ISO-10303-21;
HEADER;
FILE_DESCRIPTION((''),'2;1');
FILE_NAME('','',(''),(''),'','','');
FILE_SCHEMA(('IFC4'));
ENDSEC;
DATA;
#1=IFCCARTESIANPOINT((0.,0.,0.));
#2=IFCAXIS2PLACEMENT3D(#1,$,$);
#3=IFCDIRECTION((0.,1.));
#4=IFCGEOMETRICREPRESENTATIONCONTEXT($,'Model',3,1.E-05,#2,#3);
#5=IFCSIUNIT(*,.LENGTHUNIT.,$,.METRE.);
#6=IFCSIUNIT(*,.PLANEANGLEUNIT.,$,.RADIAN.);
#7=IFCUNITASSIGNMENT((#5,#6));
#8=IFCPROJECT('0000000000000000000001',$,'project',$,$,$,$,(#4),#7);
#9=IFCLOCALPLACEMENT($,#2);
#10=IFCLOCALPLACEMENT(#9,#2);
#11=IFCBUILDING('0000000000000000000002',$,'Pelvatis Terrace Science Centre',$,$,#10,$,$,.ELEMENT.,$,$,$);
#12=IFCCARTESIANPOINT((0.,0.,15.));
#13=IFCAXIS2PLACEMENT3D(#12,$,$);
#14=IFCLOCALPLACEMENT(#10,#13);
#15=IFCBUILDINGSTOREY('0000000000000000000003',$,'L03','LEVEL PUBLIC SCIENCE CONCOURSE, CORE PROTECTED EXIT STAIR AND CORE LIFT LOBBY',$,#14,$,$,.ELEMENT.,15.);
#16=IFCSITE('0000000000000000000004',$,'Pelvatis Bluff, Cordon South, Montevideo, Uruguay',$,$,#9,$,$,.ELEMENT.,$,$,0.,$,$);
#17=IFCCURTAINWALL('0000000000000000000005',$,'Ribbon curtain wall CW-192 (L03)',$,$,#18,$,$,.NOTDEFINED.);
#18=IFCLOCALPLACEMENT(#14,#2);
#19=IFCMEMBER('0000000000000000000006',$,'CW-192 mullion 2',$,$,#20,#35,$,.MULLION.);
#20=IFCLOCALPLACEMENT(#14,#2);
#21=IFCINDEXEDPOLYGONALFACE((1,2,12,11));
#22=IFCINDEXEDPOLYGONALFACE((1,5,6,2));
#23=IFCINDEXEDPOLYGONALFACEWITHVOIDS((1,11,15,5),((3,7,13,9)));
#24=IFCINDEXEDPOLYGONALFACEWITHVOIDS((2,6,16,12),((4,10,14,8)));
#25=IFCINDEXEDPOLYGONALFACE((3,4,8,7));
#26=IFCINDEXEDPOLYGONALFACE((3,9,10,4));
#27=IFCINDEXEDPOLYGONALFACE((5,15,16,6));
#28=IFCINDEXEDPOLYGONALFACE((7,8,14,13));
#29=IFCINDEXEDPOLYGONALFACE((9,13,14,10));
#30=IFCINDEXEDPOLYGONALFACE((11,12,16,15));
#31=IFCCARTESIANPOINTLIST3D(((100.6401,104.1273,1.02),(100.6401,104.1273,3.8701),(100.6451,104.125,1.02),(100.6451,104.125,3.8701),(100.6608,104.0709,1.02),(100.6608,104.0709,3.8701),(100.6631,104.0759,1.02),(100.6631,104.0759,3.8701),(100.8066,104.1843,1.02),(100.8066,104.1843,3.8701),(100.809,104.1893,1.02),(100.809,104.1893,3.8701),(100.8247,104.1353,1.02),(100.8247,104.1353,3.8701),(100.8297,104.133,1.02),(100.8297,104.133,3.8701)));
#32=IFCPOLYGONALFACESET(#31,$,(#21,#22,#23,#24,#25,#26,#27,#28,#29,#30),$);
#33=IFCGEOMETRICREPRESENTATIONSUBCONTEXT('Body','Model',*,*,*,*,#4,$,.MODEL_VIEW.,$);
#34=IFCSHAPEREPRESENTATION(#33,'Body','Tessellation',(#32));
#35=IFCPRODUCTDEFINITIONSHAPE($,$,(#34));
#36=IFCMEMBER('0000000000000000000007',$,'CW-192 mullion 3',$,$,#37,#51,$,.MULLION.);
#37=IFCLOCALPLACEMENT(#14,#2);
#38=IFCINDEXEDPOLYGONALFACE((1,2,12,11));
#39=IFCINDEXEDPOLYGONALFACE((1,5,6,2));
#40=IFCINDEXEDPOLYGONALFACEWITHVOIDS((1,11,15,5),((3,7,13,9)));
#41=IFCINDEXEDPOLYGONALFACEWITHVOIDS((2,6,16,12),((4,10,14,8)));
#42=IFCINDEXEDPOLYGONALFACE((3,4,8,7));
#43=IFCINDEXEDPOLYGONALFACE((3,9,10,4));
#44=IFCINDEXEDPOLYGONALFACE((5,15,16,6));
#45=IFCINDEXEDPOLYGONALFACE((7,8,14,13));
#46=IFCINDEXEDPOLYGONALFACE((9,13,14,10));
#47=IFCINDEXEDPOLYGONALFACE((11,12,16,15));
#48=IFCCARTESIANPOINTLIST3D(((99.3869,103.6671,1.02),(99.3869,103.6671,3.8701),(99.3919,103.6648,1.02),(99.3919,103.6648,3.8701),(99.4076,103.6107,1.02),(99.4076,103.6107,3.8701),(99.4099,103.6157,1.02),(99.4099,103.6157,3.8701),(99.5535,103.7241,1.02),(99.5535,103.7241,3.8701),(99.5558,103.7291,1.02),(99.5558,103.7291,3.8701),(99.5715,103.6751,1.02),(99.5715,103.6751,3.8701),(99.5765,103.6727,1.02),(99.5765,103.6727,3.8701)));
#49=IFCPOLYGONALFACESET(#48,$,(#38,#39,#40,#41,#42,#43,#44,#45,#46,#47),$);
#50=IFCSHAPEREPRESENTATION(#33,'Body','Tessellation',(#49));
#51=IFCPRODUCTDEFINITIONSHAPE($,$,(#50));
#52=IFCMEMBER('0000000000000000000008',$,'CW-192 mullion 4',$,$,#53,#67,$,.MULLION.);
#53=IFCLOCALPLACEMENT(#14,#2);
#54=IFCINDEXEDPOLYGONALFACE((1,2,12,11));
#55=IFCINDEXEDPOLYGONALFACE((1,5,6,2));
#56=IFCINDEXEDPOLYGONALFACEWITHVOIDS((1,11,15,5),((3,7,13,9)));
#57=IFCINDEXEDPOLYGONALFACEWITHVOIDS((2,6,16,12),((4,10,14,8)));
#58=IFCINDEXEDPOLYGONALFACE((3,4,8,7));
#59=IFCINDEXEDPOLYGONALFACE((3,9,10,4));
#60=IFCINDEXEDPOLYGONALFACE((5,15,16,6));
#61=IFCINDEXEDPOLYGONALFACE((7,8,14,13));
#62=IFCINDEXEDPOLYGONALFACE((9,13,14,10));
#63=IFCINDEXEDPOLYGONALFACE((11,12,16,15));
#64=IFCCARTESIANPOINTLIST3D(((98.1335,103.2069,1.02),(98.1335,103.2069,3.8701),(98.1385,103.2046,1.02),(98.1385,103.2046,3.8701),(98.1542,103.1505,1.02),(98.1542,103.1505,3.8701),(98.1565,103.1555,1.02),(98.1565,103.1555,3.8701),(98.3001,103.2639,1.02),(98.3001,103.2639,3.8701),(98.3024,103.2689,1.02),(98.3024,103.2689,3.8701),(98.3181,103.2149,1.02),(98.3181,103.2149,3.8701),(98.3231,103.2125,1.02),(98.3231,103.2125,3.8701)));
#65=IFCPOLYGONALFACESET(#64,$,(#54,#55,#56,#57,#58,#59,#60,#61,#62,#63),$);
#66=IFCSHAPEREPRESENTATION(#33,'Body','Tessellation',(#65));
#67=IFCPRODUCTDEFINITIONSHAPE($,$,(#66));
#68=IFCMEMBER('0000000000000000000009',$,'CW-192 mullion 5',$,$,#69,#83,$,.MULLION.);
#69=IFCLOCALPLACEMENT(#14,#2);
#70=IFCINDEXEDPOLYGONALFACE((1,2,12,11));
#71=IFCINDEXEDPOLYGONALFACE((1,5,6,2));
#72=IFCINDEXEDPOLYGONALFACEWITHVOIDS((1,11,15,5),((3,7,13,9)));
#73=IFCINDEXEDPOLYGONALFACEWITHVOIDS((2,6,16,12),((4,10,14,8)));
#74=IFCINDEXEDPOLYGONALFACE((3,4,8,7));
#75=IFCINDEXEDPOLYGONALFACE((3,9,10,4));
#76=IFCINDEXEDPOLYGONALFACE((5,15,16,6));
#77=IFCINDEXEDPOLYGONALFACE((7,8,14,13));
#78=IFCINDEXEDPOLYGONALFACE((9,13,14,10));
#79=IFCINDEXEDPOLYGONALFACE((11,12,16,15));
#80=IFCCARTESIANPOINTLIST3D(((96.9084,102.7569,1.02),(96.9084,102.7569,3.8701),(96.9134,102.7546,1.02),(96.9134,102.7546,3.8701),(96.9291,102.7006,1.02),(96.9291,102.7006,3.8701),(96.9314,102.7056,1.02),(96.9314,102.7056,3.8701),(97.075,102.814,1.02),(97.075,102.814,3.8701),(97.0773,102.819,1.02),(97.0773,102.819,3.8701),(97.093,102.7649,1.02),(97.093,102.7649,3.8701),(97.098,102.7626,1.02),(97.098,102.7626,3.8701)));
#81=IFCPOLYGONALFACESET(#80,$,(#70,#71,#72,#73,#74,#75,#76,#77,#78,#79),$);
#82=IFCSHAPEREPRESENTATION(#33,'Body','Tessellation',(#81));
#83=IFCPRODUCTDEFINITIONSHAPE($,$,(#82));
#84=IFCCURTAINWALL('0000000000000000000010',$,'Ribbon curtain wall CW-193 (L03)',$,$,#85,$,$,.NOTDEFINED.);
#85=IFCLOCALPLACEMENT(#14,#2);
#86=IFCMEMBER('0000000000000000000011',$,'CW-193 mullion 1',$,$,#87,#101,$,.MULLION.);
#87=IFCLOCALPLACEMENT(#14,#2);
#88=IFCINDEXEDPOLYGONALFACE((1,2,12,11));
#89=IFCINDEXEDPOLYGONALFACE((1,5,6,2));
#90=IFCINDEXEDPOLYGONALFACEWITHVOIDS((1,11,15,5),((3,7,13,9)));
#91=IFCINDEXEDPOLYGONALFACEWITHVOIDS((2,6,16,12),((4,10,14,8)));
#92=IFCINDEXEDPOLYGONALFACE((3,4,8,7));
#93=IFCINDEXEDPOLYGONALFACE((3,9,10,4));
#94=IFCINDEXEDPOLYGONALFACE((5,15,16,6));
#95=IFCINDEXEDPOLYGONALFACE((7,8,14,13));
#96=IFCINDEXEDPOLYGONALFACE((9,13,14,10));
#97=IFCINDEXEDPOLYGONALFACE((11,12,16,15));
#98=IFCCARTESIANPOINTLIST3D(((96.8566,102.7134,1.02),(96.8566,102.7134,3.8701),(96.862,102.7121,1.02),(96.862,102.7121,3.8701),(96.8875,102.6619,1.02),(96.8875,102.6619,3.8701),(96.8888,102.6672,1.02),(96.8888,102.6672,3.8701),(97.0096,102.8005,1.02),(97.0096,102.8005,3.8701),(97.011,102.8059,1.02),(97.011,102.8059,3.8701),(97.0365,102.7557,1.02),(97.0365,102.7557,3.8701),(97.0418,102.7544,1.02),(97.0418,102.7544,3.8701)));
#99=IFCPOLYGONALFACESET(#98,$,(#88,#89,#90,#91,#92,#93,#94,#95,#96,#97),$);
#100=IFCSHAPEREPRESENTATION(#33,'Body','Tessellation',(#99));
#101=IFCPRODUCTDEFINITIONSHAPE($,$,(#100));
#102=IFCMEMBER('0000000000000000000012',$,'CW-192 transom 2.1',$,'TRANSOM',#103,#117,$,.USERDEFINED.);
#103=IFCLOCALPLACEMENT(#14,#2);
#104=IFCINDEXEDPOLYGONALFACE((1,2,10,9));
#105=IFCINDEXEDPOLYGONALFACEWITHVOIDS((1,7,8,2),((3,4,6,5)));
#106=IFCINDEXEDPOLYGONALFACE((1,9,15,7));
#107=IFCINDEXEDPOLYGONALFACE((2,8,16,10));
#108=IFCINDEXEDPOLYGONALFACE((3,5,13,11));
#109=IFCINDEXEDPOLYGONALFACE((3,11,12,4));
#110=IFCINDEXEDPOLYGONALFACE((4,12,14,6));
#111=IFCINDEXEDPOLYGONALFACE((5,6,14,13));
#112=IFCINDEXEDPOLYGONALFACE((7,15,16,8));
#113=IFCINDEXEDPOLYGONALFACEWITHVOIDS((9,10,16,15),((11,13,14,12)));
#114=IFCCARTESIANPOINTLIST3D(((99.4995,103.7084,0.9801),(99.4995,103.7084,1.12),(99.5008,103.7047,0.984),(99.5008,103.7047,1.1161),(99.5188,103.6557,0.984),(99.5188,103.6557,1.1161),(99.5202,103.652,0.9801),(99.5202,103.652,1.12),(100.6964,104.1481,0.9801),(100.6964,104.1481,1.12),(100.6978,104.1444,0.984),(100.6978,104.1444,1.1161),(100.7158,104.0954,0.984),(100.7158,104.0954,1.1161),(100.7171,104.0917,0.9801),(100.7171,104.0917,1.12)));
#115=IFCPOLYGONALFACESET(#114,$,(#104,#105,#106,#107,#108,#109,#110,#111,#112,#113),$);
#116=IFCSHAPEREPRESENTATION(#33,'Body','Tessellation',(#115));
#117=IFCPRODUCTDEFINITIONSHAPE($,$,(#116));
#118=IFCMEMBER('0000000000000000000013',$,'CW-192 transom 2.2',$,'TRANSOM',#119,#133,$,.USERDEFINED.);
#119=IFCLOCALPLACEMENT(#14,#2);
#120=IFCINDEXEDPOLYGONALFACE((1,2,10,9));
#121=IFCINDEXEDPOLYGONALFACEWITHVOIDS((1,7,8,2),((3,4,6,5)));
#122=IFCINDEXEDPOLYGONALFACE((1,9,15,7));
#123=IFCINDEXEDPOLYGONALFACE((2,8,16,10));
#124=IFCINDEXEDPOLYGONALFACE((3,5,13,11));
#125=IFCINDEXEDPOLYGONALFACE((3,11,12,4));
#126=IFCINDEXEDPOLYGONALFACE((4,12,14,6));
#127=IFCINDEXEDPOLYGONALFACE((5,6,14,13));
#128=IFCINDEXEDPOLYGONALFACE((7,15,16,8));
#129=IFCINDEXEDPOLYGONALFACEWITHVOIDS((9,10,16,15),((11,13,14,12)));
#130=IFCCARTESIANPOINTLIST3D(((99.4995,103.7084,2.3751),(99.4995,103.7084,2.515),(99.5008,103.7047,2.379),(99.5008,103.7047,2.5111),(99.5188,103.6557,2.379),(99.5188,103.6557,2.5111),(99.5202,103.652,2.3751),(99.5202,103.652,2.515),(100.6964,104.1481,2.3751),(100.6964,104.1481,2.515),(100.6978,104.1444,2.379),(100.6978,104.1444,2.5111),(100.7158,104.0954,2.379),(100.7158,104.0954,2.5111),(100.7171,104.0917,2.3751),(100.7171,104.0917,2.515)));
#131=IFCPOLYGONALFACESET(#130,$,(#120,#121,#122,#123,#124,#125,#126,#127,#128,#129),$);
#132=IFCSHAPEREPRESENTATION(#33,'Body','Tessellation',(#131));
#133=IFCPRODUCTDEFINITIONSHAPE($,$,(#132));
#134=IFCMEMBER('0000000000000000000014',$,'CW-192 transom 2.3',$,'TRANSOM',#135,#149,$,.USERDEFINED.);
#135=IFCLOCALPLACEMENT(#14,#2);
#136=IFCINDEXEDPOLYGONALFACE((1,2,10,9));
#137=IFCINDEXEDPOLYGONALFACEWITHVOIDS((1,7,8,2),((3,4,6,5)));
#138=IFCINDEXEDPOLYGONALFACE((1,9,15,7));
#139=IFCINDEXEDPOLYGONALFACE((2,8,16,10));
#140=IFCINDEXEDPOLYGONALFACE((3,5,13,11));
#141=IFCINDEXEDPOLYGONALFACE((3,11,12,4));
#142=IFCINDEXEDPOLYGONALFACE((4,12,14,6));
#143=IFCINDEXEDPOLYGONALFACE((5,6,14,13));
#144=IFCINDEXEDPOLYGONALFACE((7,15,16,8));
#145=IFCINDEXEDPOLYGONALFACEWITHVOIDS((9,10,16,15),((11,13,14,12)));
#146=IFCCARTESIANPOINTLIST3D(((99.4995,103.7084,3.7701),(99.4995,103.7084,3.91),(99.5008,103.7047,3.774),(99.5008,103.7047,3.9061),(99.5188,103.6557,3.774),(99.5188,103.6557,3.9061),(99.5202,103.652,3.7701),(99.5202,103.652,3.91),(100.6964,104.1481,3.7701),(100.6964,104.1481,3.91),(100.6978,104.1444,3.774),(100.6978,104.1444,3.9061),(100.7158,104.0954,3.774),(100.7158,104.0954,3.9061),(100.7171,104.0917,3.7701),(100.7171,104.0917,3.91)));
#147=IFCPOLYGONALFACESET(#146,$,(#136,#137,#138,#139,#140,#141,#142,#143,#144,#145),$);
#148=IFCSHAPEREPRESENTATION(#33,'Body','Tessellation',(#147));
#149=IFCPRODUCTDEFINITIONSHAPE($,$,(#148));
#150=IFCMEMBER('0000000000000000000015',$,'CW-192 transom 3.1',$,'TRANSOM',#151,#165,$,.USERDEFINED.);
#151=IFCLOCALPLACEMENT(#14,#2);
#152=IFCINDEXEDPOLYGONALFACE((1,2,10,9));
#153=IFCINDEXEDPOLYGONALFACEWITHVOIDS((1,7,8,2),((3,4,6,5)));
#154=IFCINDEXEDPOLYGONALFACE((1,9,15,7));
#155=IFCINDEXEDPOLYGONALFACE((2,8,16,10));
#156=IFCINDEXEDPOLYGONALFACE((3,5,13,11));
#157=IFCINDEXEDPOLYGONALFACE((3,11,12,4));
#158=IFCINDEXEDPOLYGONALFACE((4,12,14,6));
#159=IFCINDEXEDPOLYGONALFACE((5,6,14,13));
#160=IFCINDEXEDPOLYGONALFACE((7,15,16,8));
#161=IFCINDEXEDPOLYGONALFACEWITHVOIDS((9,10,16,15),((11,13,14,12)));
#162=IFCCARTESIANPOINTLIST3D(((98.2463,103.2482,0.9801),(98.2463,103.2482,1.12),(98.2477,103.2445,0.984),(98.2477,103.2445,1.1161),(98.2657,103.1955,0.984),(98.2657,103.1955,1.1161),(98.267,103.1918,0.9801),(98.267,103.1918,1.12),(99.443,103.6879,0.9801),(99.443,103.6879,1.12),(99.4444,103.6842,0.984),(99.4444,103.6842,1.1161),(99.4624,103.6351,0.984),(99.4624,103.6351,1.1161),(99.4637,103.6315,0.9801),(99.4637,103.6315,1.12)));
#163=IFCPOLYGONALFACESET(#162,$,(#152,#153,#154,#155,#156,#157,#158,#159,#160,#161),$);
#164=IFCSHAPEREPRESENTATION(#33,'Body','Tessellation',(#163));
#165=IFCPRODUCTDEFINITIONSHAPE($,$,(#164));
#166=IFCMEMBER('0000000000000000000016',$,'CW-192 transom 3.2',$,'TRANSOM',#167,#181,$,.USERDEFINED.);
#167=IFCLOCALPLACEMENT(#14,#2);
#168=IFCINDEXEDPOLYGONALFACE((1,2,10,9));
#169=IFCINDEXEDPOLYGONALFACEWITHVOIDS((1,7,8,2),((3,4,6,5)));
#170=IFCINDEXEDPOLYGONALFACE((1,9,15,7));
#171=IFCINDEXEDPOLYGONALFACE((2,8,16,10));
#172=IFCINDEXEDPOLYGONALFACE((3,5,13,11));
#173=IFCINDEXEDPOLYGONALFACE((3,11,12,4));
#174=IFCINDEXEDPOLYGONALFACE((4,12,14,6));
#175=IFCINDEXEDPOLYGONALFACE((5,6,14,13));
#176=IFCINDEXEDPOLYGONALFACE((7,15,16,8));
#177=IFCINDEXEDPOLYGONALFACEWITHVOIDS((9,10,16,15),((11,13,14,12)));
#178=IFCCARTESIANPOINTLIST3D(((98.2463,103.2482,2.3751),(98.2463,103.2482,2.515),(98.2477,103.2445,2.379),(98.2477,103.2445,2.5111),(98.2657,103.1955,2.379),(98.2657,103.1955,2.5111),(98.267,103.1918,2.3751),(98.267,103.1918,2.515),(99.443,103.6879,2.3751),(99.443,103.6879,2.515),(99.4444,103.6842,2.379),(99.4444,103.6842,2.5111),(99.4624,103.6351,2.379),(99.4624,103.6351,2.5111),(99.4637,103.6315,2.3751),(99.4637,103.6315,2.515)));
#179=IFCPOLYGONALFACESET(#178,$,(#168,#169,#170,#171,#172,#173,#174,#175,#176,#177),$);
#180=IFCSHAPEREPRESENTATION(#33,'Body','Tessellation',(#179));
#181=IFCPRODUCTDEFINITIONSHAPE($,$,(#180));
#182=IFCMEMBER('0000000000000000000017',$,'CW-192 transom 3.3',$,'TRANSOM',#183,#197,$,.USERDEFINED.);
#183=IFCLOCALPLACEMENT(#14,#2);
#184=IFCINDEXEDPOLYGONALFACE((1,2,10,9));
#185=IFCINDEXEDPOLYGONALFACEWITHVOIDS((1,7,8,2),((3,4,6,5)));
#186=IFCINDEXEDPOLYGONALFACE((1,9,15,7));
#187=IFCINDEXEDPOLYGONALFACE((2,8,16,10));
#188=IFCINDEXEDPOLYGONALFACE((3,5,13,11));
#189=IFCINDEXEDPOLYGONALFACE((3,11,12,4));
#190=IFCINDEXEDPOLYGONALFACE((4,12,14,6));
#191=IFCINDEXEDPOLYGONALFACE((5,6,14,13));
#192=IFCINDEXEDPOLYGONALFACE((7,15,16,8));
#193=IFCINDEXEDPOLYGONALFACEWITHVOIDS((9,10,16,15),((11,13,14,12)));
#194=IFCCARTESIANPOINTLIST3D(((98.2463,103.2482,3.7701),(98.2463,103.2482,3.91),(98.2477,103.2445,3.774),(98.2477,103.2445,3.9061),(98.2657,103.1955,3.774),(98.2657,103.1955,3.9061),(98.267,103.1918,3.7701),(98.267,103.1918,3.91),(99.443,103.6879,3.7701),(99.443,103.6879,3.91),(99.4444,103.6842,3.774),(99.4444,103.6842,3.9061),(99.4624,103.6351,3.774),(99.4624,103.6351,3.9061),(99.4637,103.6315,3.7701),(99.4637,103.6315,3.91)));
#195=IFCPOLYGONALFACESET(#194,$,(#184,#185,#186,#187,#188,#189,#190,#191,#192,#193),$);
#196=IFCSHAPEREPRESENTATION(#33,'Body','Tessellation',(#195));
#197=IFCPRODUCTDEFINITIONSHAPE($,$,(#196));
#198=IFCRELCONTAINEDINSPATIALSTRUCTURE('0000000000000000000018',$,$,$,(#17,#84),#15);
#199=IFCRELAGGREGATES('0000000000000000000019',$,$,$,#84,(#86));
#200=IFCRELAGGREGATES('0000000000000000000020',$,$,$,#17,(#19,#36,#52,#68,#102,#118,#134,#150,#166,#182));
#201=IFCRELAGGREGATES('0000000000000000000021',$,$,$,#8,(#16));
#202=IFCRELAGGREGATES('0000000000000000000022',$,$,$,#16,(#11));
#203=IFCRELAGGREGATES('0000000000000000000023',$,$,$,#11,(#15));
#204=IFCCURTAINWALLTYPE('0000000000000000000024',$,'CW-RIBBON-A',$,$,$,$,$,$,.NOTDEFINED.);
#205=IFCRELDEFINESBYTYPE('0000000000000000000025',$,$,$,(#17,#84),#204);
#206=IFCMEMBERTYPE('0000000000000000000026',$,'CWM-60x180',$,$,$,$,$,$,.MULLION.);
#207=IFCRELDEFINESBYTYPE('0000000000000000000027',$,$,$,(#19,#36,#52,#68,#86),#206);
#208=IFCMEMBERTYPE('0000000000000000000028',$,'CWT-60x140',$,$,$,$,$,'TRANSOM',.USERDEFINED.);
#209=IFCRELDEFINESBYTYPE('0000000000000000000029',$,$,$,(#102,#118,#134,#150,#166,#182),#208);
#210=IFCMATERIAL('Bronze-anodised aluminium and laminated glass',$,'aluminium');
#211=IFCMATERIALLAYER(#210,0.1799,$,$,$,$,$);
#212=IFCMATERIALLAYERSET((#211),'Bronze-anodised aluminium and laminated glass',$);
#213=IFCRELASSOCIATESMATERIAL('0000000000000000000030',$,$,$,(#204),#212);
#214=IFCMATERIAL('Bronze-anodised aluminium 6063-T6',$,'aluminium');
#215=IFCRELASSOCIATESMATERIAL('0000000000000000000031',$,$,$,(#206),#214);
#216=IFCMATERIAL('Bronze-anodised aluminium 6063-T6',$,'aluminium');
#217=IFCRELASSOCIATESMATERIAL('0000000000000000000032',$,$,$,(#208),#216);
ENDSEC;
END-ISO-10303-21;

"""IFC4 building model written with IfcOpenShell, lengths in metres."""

from ifc_helpers import new_model, si_unit, direction, frame, origin, origin_2d, place, context, subcontext, project, spatial, hollow_rectangle, extrude, material, layer, layer_set, material_profile, profile_set, type_object, element, aggregate, save


model = new_model("IFC4")

# Units and contexts
model_context = context("Model", 3, precision=1e-05, world=origin(), true_north=direction((0.0, 1.0)))
body_context = subcontext(model_context, "Body", "Model", "MODEL_VIEW")
ifc_project = project(units=[si_unit("LENGTHUNIT", "METRE"), si_unit("PLANEANGLEUNIT", "RADIAN")], contexts=[model_context])

# Site, building, storey
site_placement = place(None, origin())
site = spatial("IfcSite", under=ifc_project, at=site_placement, Name="Pelvatis Bluff, Cordon South, Montevideo, Uruguay", CompositionType="ELEMENT", RefElevation=0.0)
building_placement = place(site_placement, origin())
building = spatial("IfcBuilding", under=site, at=building_placement, Name="Pelvatis Terrace Science Centre", CompositionType="ELEMENT")
storey_placement = place(building_placement, frame((0.0, 0.0, 15.0)))
storey = spatial("IfcBuildingStorey", under=building, at=storey_placement, Name="L03", Description="LEVEL PUBLIC SCIENCE CONCOURSE, CORE PROTECTED EXIT STAIR AND CORE LIFT LOBBY", CompositionType="ELEMENT", Elevation=15.0)

# Curtain wall, members
ifc_material_1 = material(Name="Bronze-anodised aluminium and laminated glass", Category="aluminium")
ifc_layer_1 = layer(ifc_material_1, 0.1799)
ifc_layer_set_1 = layer_set([ifc_layer_1], Name="Bronze-anodised aluminium and laminated glass")
curtain_wall_type = type_object("IfcCurtainWallType", Name="CW-RIBBON-A", PredefinedType="NOTDEFINED", material=ifc_layer_set_1)
curtain_wall_1_placement = place(storey_placement, origin())
curtain_wall_1 = element("IfcCurtainWall", 1, at=curtain_wall_1_placement, inside=storey, type_object=curtain_wall_type, Name="Ribbon curtain wall CW-192 (L03)", PredefinedType="NOTDEFINED")
ifc_material_2 = material(Name="Bronze-anodised aluminium 6063-T6", Category="aluminium")
ifc_material_profile_1 = material_profile(ifc_material_2, hollow_rectangle(XDim=0.0601, YDim=0.1799, WallThickness=0.0039, at=origin_2d()), Name="ALU-MUL 60x180")
ifc_profile_set_1 = profile_set([ifc_material_profile_1], Name="Bronze-anodised aluminium 6063-T6")
member_type_1 = type_object("IfcMemberType", Name="CWM-60x180", PredefinedType="MULLION", material=ifc_profile_set_1)
member_1_placement = place(storey_placement, frame((100.7349, 104.1301, 1.02), z_axis=(0.0, 0.0, 1.0), x_axis=(0.344715, -0.938707, 0.0)))
member_1 = element("IfcMember", 2, at=member_1_placement, type_object=member_type_1, Name="CW-192 mullion 2", PredefinedType="MULLION", context=body_context, shape_type="SweptSolid", body=[
    extrude(hollow_rectangle(XDim=0.0601, YDim=0.1799, WallThickness=0.0039, at=origin_2d()), origin(), (0.0, 0.0, 1.0), 2.8501),
])
member_2_placement = place(storey_placement, frame((99.4817, 103.6699, 1.02), z_axis=(0.0, 0.0, 1.0), x_axis=(0.344715, -0.938707, 0.0)))
member_2 = element("IfcMember", 3, at=member_2_placement, type_object=member_type_1, Name="CW-192 mullion 3", PredefinedType="MULLION", context=body_context, shape_type="SweptSolid", body=[
    extrude(hollow_rectangle(XDim=0.0601, YDim=0.1799, WallThickness=0.0039, at=origin_2d()), origin(), (0.0, 0.0, 1.0), 2.8501),
])
member_3_placement = place(storey_placement, frame((98.2283, 103.2097, 1.02), z_axis=(0.0, 0.0, 1.0), x_axis=(0.344715, -0.938707, 0.0)))
member_3 = element("IfcMember", 4, at=member_3_placement, type_object=member_type_1, Name="CW-192 mullion 4", PredefinedType="MULLION", context=body_context, shape_type="SweptSolid", body=[
    extrude(hollow_rectangle(XDim=0.0601, YDim=0.1799, WallThickness=0.0039, at=origin_2d()), origin(), (0.0, 0.0, 1.0), 2.8501),
])
member_4_placement = place(storey_placement, frame((97.0032, 102.7598, 1.02), z_axis=(0.0, 0.0, 1.0), x_axis=(0.344715, -0.938707, 0.0)))
member_4 = element("IfcMember", 5, at=member_4_placement, type_object=member_type_1, Name="CW-192 mullion 5", PredefinedType="MULLION", context=body_context, shape_type="SweptSolid", body=[
    extrude(hollow_rectangle(XDim=0.0601, YDim=0.1799, WallThickness=0.0039, at=origin_2d()), origin(), (0.0, 0.0, 1.0), 2.8501),
])

# Curtain wall, member
curtain_wall_2_placement = place(storey_placement, origin())
curtain_wall_2 = element("IfcCurtainWall", 6, at=curtain_wall_2_placement, inside=storey, type_object=curtain_wall_type, Name="Ribbon curtain wall CW-193 (L03)", PredefinedType="NOTDEFINED")
member_5_placement = place(storey_placement, frame((96.9492, 102.7339, 1.02), z_axis=(0.0, 0.0, 1.0), x_axis=(0.513996, -0.857793, 0.0)))
member_5 = element("IfcMember", 7, at=member_5_placement, type_object=member_type_1, Name="CW-193 mullion 1", PredefinedType="MULLION", context=body_context, shape_type="SweptSolid", body=[
    extrude(hollow_rectangle(XDim=0.0601, YDim=0.1799, WallThickness=0.0039, at=origin_2d()), origin(), (0.0, 0.0, 1.0), 2.8501),
])

# Members
ifc_material_3 = material(Name="Bronze-anodised aluminium 6063-T6", Category="aluminium")
ifc_material_profile_2 = material_profile(ifc_material_3, hollow_rectangle(XDim=0.0601, YDim=0.1399, WallThickness=0.0039, at=origin_2d()), Name="ALU-TRN 60x140")
ifc_profile_set_2 = profile_set([ifc_material_profile_2], Name="Bronze-anodised aluminium 6063-T6")
member_type_2 = type_object("IfcMemberType", Name="CWT-60x140", ElementType="TRANSOM", PredefinedType="USERDEFINED", material=ifc_profile_set_2)
member_6_placement = place(storey_placement, frame((100.7068, 104.1199, 1.05), z_axis=(-0.938676, -0.3448, 0.0), x_axis=(0.3448, -0.938676, 0.0)))
member_6 = element("IfcMember", 8, at=member_6_placement, type_object=member_type_2, Name="CW-192 transom 2.1", ObjectType="TRANSOM", PredefinedType="USERDEFINED", context=body_context, shape_type="SweptSolid", body=[
    extrude(hollow_rectangle(XDim=0.0601, YDim=0.1399, WallThickness=0.0039, at=origin_2d()), origin(), (0.0, 0.0, 1.0), 1.2751),
])
member_7_placement = place(storey_placement, frame((100.7068, 104.1199, 2.4451), z_axis=(-0.938676, -0.3448, 0.0), x_axis=(0.3448, -0.938676, 0.0)))
member_7 = element("IfcMember", 9, at=member_7_placement, type_object=member_type_2, Name="CW-192 transom 2.2", ObjectType="TRANSOM", PredefinedType="USERDEFINED", context=body_context, shape_type="SweptSolid", body=[
    extrude(hollow_rectangle(XDim=0.0601, YDim=0.1399, WallThickness=0.0039, at=origin_2d()), origin(), (0.0, 0.0, 1.0), 1.2751),
])
member_8_placement = place(storey_placement, frame((100.7068, 104.1199, 3.8401), z_axis=(-0.938676, -0.3448, 0.0), x_axis=(0.3448, -0.938676, 0.0)))
member_8 = element("IfcMember", 10, at=member_8_placement, type_object=member_type_2, Name="CW-192 transom 2.3", ObjectType="TRANSOM", PredefinedType="USERDEFINED", context=body_context, shape_type="SweptSolid", body=[
    extrude(hollow_rectangle(XDim=0.0601, YDim=0.1399, WallThickness=0.0039, at=origin_2d()), origin(), (0.0, 0.0, 1.0), 1.2751),
])
member_9_placement = place(storey_placement, frame((99.4534, 103.6597, 1.05), z_axis=(-0.938653, -0.344862, 0.0), x_axis=(0.344862, -0.938653, 0.0)))
member_9 = element("IfcMember", 11, at=member_9_placement, type_object=member_type_2, Name="CW-192 transom 3.1", ObjectType="TRANSOM", PredefinedType="USERDEFINED", context=body_context, shape_type="SweptSolid", body=[
    extrude(hollow_rectangle(XDim=0.0601, YDim=0.1399, WallThickness=0.0039, at=origin_2d()), origin(), (0.0, 0.0, 1.0), 1.2749),
])
member_10_placement = place(storey_placement, frame((99.4534, 103.6597, 2.4451), z_axis=(-0.938653, -0.344862, 0.0), x_axis=(0.344862, -0.938653, 0.0)))
member_10 = element("IfcMember", 12, at=member_10_placement, type_object=member_type_2, Name="CW-192 transom 3.2", ObjectType="TRANSOM", PredefinedType="USERDEFINED", context=body_context, shape_type="SweptSolid", body=[
    extrude(hollow_rectangle(XDim=0.0601, YDim=0.1399, WallThickness=0.0039, at=origin_2d()), origin(), (0.0, 0.0, 1.0), 1.2749),
])
member_11_placement = place(storey_placement, frame((99.4534, 103.6597, 3.8401), z_axis=(-0.938653, -0.344862, 0.0), x_axis=(0.344862, -0.938653, 0.0)))
member_11 = element("IfcMember", 13, at=member_11_placement, type_object=member_type_2, Name="CW-192 transom 3.3", ObjectType="TRANSOM", PredefinedType="USERDEFINED", context=body_context, shape_type="SweptSolid", body=[
    extrude(hollow_rectangle(XDim=0.0601, YDim=0.1399, WallThickness=0.0039, at=origin_2d()), origin(), (0.0, 0.0, 1.0), 1.2749),
])
aggregate(curtain_wall_2, [member_5])

aggregate(curtain_wall_1, [member_1, member_2, member_3, member_4, member_6, member_7, member_8, member_9, member_10, member_11])

save(model, "model.ifc")
